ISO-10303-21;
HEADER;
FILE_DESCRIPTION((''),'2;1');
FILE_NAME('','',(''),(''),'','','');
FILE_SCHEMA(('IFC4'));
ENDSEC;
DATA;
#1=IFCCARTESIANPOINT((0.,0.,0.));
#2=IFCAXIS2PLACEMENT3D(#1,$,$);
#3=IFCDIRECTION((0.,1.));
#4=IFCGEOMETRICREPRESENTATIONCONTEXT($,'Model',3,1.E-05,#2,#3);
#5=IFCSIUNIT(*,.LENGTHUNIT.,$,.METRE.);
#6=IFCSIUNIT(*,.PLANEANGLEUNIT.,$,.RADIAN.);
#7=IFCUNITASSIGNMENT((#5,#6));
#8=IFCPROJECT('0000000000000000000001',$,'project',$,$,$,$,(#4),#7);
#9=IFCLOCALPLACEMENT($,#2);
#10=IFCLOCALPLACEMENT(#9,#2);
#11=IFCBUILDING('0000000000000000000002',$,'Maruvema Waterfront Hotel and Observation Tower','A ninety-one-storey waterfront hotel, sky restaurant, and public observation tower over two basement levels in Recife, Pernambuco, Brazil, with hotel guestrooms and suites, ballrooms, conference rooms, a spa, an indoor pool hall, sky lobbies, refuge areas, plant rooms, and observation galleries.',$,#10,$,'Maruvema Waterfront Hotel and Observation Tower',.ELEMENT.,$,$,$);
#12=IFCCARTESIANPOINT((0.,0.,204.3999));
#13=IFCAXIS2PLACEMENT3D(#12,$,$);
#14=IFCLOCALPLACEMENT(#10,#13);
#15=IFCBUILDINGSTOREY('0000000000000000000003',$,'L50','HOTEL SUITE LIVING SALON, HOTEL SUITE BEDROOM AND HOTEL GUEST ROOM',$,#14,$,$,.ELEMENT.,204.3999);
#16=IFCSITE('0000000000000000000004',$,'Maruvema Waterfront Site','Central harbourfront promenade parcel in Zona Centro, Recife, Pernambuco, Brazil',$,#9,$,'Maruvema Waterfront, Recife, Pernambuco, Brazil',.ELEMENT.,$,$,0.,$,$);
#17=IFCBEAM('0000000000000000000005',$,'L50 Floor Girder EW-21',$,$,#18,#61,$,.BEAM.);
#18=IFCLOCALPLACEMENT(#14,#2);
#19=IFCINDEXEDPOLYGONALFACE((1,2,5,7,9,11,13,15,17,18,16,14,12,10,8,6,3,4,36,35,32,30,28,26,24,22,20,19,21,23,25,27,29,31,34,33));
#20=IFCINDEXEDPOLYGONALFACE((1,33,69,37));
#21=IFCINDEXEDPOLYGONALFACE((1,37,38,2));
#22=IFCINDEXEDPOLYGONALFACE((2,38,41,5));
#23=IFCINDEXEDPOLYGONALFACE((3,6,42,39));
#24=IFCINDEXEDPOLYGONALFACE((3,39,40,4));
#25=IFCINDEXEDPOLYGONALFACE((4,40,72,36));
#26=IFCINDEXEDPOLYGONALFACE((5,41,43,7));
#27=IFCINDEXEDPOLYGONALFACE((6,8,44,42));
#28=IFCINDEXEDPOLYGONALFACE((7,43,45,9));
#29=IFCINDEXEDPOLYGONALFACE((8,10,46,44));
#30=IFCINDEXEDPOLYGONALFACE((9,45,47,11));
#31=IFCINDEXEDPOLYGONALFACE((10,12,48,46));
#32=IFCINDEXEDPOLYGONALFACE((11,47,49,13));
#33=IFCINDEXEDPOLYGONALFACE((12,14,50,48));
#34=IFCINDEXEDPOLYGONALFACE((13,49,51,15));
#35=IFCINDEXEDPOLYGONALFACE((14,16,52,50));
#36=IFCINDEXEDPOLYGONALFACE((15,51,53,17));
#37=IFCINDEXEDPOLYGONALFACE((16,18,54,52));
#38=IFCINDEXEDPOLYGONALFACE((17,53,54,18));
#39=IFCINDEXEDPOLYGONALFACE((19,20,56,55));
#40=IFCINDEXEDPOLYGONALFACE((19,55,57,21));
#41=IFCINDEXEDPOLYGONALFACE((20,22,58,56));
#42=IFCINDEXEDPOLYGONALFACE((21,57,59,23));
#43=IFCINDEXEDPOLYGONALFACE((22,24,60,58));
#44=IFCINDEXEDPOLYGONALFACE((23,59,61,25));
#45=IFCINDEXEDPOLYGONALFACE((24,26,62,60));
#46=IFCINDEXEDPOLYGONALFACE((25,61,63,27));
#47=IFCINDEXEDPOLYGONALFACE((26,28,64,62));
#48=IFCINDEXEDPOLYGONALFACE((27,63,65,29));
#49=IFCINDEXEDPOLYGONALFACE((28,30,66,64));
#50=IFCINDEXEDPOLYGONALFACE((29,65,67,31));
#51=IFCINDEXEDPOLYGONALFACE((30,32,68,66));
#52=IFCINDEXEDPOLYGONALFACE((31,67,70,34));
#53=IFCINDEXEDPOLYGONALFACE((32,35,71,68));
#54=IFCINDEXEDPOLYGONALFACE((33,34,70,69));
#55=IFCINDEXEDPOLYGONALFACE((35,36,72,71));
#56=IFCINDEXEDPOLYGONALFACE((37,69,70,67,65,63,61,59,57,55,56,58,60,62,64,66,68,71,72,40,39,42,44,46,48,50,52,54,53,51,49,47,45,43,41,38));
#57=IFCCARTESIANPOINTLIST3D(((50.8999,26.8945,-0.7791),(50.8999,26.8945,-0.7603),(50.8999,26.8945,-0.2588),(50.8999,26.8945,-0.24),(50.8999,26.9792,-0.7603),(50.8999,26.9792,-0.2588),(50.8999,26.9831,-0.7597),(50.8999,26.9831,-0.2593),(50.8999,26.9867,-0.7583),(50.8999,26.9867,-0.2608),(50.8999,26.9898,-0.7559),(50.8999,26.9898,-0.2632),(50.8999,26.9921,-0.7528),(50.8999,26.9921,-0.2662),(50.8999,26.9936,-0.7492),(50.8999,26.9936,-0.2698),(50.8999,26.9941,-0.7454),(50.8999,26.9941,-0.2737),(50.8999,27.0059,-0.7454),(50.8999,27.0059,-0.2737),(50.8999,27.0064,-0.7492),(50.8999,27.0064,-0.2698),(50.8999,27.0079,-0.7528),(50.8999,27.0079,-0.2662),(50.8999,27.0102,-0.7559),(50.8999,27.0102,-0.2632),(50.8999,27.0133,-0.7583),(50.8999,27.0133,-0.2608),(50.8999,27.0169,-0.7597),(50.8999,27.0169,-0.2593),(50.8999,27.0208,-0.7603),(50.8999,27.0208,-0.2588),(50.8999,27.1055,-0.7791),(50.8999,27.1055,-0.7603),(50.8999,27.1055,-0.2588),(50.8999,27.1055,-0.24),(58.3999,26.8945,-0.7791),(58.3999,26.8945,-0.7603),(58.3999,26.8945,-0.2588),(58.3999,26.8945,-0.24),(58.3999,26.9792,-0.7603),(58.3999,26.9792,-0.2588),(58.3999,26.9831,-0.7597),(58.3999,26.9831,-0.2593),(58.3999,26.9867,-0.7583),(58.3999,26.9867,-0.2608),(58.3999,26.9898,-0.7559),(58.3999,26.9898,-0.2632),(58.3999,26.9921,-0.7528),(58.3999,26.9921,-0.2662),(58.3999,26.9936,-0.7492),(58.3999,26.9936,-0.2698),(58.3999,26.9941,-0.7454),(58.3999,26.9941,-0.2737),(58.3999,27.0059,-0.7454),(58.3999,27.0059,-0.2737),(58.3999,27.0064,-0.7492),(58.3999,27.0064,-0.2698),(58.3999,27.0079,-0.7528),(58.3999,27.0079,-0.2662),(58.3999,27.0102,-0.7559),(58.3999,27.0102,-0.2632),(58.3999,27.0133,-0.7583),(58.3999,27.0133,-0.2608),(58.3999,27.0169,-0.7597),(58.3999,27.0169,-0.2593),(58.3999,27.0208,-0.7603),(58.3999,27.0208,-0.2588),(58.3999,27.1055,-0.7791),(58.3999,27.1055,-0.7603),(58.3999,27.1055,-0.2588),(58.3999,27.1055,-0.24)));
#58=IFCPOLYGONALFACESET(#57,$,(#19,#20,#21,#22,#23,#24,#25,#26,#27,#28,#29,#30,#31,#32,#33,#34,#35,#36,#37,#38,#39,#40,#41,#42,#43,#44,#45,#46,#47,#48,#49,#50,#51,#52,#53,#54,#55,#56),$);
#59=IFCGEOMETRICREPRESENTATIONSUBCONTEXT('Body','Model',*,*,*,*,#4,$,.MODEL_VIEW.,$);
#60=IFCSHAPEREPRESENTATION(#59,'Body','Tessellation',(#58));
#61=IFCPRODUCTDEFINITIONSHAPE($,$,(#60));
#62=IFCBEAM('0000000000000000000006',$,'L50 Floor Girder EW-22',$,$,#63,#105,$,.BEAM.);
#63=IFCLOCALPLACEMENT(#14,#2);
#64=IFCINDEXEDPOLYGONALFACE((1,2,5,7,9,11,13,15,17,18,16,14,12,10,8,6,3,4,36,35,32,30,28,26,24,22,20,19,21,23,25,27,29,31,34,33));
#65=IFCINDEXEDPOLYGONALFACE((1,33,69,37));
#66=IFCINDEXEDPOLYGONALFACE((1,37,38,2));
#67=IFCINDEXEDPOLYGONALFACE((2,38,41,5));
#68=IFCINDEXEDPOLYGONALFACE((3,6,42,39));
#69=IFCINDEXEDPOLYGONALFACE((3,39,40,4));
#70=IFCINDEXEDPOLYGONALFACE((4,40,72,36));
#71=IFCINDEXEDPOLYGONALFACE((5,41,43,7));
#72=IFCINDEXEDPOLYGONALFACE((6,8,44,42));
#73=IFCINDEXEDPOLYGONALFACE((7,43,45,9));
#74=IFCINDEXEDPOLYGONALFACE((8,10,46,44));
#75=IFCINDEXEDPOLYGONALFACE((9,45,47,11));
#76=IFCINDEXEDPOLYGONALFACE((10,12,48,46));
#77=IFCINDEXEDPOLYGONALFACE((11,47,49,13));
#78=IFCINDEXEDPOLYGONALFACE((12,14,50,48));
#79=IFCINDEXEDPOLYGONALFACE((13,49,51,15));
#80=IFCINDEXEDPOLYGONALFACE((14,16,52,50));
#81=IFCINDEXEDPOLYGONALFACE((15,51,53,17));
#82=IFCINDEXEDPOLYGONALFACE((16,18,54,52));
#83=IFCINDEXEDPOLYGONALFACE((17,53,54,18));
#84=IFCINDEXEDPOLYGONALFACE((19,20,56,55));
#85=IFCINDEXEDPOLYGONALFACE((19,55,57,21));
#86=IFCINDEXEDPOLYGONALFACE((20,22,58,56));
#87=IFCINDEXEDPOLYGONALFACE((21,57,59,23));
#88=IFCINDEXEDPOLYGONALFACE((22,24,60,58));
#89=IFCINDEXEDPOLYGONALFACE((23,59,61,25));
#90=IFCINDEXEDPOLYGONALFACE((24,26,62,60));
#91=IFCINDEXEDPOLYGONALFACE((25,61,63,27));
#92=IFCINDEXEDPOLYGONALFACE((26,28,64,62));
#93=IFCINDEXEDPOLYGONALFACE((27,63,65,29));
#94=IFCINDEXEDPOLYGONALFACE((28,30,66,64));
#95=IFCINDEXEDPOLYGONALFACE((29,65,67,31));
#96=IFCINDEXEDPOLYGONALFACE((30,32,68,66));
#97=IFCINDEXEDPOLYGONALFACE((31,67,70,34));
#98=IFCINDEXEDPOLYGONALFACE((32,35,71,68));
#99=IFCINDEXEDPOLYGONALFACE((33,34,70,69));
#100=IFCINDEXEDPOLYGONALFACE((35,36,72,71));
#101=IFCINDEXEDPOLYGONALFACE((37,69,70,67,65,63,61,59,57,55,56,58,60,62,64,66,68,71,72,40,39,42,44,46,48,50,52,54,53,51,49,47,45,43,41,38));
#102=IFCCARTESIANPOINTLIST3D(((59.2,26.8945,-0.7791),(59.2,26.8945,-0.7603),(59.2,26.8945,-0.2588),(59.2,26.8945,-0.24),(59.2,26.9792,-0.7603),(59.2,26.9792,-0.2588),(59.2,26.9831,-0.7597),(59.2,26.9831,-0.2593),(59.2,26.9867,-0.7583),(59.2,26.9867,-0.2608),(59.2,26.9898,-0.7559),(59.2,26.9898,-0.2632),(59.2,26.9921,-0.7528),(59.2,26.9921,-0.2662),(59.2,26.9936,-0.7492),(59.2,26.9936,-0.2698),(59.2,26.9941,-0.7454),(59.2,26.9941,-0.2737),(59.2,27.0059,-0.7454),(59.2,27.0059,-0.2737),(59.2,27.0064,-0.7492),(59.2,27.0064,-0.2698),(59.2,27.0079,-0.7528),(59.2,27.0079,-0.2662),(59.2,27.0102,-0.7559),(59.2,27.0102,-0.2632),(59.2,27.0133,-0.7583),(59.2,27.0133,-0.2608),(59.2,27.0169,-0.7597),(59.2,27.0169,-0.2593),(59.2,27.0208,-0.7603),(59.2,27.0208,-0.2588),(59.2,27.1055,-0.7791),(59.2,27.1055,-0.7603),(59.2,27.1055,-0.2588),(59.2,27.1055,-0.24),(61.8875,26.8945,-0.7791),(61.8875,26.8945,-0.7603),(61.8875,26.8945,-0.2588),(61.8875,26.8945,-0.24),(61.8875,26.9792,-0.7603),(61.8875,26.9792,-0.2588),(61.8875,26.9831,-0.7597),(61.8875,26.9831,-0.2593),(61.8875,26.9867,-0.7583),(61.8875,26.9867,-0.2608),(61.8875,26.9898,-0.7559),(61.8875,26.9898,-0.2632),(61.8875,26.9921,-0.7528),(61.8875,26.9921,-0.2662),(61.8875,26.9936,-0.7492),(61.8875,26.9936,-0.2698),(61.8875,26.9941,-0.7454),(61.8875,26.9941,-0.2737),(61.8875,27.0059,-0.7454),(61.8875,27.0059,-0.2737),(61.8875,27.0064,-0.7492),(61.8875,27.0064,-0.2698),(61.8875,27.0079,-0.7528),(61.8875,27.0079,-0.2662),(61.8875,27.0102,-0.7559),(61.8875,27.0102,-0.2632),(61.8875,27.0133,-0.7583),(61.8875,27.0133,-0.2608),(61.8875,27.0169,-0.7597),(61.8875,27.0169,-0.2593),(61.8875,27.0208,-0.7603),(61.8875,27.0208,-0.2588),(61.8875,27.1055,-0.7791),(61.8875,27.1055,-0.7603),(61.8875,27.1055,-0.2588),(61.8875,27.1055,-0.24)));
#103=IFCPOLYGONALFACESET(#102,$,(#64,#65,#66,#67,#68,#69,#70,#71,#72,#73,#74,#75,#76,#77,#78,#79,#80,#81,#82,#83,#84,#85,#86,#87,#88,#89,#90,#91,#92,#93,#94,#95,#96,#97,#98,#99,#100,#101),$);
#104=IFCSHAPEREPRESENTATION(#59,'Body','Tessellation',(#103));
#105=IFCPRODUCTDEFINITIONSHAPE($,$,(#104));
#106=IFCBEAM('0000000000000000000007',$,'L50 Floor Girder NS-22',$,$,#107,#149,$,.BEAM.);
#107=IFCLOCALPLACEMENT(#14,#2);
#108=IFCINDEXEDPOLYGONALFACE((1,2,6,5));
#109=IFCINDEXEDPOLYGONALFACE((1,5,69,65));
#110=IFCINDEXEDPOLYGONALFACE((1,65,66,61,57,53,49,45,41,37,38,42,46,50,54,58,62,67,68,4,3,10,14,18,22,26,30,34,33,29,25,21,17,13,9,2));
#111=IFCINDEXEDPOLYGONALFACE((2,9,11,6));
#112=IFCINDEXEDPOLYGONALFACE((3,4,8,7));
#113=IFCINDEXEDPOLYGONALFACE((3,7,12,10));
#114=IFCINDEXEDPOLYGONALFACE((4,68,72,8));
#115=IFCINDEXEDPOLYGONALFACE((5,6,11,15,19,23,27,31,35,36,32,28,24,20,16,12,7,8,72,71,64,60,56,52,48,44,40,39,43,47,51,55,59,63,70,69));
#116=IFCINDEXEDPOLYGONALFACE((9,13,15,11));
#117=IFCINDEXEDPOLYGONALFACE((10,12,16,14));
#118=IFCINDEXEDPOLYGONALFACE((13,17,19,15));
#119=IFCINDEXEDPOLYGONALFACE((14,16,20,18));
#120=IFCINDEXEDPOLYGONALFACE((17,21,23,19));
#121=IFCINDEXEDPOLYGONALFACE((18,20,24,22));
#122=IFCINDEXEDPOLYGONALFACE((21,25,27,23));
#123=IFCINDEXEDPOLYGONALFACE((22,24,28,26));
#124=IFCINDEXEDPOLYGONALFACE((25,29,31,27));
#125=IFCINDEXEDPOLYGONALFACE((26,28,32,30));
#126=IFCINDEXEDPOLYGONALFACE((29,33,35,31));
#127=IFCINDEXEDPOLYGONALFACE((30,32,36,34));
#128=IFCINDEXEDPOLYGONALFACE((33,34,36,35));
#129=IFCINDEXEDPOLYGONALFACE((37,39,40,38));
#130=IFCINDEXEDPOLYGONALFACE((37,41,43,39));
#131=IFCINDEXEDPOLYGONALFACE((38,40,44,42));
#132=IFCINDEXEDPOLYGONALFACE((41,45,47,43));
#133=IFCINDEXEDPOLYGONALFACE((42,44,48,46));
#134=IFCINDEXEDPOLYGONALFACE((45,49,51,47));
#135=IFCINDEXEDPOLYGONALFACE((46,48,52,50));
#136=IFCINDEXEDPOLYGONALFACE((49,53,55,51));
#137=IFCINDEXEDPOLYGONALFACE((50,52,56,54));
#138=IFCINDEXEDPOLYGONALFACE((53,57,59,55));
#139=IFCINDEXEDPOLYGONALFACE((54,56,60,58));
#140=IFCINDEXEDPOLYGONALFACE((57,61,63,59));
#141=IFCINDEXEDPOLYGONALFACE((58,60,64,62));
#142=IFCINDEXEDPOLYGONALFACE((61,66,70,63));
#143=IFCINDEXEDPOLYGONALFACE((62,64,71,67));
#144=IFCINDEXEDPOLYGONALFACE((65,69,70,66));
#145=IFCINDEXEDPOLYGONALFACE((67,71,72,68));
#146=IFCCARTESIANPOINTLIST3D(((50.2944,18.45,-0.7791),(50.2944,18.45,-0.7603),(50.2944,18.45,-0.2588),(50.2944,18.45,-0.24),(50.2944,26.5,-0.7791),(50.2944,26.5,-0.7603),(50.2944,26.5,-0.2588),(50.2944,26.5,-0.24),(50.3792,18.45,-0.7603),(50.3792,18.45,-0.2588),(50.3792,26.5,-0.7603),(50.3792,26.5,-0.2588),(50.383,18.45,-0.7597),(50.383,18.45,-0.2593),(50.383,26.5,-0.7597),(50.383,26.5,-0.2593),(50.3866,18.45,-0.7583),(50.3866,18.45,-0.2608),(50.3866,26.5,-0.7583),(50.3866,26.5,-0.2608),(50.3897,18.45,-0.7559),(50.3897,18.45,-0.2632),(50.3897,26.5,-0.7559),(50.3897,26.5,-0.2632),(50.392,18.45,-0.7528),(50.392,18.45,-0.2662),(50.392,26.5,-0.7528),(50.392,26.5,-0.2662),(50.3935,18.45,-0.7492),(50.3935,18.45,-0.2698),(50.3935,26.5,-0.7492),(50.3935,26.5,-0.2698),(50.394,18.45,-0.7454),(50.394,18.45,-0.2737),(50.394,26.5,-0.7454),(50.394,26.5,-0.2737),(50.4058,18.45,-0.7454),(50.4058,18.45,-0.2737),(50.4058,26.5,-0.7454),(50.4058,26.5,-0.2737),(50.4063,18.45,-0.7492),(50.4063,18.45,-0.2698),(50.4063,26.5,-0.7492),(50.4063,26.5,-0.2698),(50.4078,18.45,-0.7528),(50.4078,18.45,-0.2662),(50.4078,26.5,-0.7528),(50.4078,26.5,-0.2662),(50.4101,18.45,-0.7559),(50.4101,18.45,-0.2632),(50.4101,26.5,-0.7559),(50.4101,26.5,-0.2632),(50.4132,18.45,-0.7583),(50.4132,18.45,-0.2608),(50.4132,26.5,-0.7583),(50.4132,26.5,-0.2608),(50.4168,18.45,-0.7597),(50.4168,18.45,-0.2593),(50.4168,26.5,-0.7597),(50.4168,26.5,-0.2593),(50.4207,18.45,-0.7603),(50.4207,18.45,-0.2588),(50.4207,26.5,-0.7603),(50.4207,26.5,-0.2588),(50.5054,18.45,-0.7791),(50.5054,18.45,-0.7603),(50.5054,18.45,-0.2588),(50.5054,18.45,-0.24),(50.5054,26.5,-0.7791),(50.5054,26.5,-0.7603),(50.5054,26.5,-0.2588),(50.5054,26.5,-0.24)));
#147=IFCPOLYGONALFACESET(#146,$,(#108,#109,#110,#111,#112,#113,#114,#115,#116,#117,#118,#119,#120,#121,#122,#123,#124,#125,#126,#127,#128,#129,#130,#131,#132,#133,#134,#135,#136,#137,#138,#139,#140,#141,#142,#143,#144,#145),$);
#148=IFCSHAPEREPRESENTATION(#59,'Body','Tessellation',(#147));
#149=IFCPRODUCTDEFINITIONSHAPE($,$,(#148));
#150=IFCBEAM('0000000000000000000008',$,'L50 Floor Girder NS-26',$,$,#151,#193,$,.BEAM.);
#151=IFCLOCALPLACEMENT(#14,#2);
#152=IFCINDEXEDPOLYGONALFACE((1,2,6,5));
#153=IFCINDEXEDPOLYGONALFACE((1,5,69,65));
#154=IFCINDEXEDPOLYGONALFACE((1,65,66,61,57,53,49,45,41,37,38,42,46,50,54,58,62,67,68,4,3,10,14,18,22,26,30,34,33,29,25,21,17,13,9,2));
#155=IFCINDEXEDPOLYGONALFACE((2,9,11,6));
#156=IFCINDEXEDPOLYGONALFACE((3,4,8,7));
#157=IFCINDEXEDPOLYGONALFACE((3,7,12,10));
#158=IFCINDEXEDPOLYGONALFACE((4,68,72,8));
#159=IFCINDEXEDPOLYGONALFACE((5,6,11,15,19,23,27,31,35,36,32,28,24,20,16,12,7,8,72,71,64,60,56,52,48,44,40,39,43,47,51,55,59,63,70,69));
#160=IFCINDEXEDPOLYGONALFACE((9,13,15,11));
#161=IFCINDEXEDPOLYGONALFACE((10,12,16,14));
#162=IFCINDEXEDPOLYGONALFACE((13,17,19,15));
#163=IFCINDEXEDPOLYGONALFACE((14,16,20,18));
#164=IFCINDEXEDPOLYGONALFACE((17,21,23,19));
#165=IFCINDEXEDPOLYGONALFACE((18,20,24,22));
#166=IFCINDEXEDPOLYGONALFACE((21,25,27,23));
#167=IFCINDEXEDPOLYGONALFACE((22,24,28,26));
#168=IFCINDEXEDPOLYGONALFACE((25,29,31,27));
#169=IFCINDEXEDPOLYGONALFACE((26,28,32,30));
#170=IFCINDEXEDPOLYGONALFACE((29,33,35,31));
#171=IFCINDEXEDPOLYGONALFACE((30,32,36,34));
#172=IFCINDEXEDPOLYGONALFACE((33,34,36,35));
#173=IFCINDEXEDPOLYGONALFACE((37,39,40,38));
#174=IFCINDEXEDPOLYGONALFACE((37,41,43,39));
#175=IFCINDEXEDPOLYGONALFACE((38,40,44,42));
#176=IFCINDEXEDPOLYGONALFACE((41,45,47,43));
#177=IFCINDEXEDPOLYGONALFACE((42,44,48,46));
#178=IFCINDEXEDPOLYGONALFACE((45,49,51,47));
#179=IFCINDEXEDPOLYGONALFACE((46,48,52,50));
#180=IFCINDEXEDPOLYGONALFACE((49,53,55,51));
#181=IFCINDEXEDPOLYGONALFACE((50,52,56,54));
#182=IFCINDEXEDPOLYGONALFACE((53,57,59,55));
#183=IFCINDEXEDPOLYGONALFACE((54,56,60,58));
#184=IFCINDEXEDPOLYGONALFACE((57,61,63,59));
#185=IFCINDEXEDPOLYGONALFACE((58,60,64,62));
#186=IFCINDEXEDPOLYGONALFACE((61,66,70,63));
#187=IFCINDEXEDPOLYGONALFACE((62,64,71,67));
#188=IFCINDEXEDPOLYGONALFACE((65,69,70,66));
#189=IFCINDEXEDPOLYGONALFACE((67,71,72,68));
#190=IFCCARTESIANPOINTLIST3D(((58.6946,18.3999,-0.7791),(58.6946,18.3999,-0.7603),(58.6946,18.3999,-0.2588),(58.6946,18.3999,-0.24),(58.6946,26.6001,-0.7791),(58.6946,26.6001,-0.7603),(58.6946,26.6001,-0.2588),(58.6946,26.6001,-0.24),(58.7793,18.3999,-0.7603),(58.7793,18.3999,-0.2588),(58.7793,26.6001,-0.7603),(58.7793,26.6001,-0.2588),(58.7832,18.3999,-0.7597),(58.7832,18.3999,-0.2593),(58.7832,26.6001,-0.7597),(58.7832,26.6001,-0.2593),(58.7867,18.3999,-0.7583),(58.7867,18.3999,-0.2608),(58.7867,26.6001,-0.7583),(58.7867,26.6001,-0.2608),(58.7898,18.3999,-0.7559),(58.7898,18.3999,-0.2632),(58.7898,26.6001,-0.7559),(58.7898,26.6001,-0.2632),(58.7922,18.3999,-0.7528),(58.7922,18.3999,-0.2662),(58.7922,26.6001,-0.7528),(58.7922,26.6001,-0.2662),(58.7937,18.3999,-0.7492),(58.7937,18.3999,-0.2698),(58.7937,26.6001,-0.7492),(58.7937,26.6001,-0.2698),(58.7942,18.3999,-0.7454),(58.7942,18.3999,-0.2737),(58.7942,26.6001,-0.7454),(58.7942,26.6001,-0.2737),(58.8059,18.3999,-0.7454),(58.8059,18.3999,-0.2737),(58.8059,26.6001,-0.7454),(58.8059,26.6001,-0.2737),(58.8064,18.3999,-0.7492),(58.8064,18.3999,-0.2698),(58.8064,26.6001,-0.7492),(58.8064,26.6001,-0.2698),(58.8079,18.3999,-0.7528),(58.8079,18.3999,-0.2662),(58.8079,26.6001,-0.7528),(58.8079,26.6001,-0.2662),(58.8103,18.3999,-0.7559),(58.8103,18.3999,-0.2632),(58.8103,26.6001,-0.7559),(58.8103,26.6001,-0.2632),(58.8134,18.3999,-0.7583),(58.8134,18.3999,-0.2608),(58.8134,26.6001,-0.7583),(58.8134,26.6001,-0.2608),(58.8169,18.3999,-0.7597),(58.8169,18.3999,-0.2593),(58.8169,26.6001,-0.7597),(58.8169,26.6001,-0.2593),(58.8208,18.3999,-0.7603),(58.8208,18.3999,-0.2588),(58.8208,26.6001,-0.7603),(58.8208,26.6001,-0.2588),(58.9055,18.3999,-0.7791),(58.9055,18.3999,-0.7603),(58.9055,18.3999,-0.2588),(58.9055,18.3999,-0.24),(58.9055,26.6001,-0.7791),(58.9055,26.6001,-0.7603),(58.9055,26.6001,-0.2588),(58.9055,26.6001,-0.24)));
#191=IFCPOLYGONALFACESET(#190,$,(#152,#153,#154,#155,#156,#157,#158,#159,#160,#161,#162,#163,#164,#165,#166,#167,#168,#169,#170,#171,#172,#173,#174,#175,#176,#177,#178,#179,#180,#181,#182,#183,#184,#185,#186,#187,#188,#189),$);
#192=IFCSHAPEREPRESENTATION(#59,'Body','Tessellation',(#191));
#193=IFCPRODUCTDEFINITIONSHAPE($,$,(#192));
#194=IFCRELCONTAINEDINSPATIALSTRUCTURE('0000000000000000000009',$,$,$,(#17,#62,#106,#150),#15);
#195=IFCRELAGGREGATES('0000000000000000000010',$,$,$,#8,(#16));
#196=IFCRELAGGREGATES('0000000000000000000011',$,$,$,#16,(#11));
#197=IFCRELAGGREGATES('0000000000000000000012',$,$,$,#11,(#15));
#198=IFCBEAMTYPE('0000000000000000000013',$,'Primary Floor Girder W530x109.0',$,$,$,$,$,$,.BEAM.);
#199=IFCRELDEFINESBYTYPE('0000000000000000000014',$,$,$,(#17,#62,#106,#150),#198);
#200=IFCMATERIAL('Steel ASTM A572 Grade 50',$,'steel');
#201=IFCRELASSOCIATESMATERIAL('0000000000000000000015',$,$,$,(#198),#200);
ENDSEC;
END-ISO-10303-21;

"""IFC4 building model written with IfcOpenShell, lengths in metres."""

from ifc_helpers import new_model, si_unit, direction, frame, origin, origin_2d, place, context, subcontext, project, spatial, i_section, extrude, material, material_profile, profile_set, type_object, element, save


model = new_model("IFC4")

# Units and contexts
model_context = context("Model", 3, precision=1e-05, world=origin(), true_north=direction((0.0, 1.0)))
body_context = subcontext(model_context, "Body", "Model", "MODEL_VIEW")
ifc_project = project(units=[si_unit("LENGTHUNIT", "METRE"), si_unit("PLANEANGLEUNIT", "RADIAN")], contexts=[model_context])

# Site, building, storey
site_placement = place(None, origin())
site = spatial("IfcSite", under=ifc_project, at=site_placement, Name="Maruvema Waterfront Site", Description="Central harbourfront promenade parcel in Zona Centro, Recife, Pernambuco, Brazil", LongName="Maruvema Waterfront, Recife, Pernambuco, Brazil", CompositionType="ELEMENT", RefElevation=0.0)
building_placement = place(site_placement, origin())
building = spatial("IfcBuilding", under=site, at=building_placement, Name="Maruvema Waterfront Hotel and Observation Tower", Description="A ninety-one-storey waterfront hotel, sky restaurant, and public observation tower over two basement levels in Recife, Pernambuco, Brazil, with hotel guestrooms and suites, ballrooms, conference rooms, a spa, an indoor pool hall, sky lobbies, refuge areas, plant rooms, and observation galleries.", LongName="Maruvema Waterfront Hotel and Observation Tower", CompositionType="ELEMENT")
storey_placement = place(building_placement, frame((0.0, 0.0, 204.3999)))
storey = spatial("IfcBuildingStorey", under=building, at=storey_placement, Name="L50", Description="HOTEL SUITE LIVING SALON, HOTEL SUITE BEDROOM AND HOTEL GUEST ROOM", CompositionType="ELEMENT", Elevation=204.3999)

# Beams
ifc_material_1 = material(Name="Steel ASTM A572 Grade 50", Category="steel")
ifc_material_profile_1 = material_profile(ifc_material_1, i_section(OverallWidth=0.2109, OverallDepth=0.5391, WebThickness=0.0117, FlangeThickness=0.0188, FilletRadius=0.0149, at=origin_2d()), Name="W530x109.0")
ifc_profile_set_1 = profile_set([ifc_material_profile_1], Name="Steel ASTM A572 Grade 50")
beam_type_1 = type_object("IfcBeamType", Name="Primary Floor Girder W530x109.0", PredefinedType="BEAM", material=ifc_profile_set_1)
beam_1_placement = place(storey_placement, frame((50.8999, 27.0, -0.5095), z_axis=(1.0, 0.0, 0.0), x_axis=(0.0, 1.0, 0.0)))
element("IfcBeam", 1, at=beam_1_placement, inside=storey, type_object=beam_type_1, Name="L50 Floor Girder EW-21", PredefinedType="BEAM", context=body_context, shape_type="SweptSolid", body=[
    extrude(i_section(OverallWidth=0.2109, OverallDepth=0.5391, WebThickness=0.0117, FlangeThickness=0.0188, FilletRadius=0.0149, at=origin_2d()), origin(), (0.0, 0.0, 1.0), 7.5),
])
beam_2_placement = place(storey_placement, frame((59.2, 27.0, -0.5095), z_axis=(1.0, 0.0, 0.0), x_axis=(0.0, 1.0, 0.0)))
element("IfcBeam", 2, at=beam_2_placement, inside=storey, type_object=beam_type_1, Name="L50 Floor Girder EW-22", PredefinedType="BEAM", context=body_context, shape_type="SweptSolid", body=[
    extrude(i_section(OverallWidth=0.2109, OverallDepth=0.5391, WebThickness=0.0117, FlangeThickness=0.0188, FilletRadius=0.0149, at=origin_2d()), origin(), (0.0, 0.0, 1.0), 2.6875),
])
beam_3_placement = place(storey_placement, frame((50.3999, 18.45, -0.5095), z_axis=(0.0, 1.0, 0.0), x_axis=(-1.0, 0.0, 0.0)))
element("IfcBeam", 3, at=beam_3_placement, inside=storey, type_object=beam_type_1, Name="L50 Floor Girder NS-22", PredefinedType="BEAM", context=body_context, shape_type="SweptSolid", body=[
    extrude(i_section(OverallWidth=0.2109, OverallDepth=0.5391, WebThickness=0.0117, FlangeThickness=0.0188, FilletRadius=0.0149, at=origin_2d()), origin(), (0.0, 0.0, 1.0), 8.05),
])
for number, where, z_axis, x_axis, name in (
    (4, (58.8, 18.3999, -0.5095), (0.0, 1.0, 0.0), (-1.0, 0.0, 0.0), "L50 Floor Girder NS-26"),
):
    element("IfcBeam", number, at=place(storey_placement, frame(where, z_axis=z_axis, x_axis=x_axis)), inside=storey, type_object=beam_type_1, Name=name, PredefinedType="BEAM", context=body_context, shape_type="SweptSolid", body=[
        extrude(i_section(OverallWidth=0.2109, OverallDepth=0.5391, WebThickness=0.0117, FlangeThickness=0.0188, FilletRadius=0.0149, at=origin_2d()), origin(), (0.0, 0.0, 1.0), 8.2002),
    ])

save(model, "model.ifc")
